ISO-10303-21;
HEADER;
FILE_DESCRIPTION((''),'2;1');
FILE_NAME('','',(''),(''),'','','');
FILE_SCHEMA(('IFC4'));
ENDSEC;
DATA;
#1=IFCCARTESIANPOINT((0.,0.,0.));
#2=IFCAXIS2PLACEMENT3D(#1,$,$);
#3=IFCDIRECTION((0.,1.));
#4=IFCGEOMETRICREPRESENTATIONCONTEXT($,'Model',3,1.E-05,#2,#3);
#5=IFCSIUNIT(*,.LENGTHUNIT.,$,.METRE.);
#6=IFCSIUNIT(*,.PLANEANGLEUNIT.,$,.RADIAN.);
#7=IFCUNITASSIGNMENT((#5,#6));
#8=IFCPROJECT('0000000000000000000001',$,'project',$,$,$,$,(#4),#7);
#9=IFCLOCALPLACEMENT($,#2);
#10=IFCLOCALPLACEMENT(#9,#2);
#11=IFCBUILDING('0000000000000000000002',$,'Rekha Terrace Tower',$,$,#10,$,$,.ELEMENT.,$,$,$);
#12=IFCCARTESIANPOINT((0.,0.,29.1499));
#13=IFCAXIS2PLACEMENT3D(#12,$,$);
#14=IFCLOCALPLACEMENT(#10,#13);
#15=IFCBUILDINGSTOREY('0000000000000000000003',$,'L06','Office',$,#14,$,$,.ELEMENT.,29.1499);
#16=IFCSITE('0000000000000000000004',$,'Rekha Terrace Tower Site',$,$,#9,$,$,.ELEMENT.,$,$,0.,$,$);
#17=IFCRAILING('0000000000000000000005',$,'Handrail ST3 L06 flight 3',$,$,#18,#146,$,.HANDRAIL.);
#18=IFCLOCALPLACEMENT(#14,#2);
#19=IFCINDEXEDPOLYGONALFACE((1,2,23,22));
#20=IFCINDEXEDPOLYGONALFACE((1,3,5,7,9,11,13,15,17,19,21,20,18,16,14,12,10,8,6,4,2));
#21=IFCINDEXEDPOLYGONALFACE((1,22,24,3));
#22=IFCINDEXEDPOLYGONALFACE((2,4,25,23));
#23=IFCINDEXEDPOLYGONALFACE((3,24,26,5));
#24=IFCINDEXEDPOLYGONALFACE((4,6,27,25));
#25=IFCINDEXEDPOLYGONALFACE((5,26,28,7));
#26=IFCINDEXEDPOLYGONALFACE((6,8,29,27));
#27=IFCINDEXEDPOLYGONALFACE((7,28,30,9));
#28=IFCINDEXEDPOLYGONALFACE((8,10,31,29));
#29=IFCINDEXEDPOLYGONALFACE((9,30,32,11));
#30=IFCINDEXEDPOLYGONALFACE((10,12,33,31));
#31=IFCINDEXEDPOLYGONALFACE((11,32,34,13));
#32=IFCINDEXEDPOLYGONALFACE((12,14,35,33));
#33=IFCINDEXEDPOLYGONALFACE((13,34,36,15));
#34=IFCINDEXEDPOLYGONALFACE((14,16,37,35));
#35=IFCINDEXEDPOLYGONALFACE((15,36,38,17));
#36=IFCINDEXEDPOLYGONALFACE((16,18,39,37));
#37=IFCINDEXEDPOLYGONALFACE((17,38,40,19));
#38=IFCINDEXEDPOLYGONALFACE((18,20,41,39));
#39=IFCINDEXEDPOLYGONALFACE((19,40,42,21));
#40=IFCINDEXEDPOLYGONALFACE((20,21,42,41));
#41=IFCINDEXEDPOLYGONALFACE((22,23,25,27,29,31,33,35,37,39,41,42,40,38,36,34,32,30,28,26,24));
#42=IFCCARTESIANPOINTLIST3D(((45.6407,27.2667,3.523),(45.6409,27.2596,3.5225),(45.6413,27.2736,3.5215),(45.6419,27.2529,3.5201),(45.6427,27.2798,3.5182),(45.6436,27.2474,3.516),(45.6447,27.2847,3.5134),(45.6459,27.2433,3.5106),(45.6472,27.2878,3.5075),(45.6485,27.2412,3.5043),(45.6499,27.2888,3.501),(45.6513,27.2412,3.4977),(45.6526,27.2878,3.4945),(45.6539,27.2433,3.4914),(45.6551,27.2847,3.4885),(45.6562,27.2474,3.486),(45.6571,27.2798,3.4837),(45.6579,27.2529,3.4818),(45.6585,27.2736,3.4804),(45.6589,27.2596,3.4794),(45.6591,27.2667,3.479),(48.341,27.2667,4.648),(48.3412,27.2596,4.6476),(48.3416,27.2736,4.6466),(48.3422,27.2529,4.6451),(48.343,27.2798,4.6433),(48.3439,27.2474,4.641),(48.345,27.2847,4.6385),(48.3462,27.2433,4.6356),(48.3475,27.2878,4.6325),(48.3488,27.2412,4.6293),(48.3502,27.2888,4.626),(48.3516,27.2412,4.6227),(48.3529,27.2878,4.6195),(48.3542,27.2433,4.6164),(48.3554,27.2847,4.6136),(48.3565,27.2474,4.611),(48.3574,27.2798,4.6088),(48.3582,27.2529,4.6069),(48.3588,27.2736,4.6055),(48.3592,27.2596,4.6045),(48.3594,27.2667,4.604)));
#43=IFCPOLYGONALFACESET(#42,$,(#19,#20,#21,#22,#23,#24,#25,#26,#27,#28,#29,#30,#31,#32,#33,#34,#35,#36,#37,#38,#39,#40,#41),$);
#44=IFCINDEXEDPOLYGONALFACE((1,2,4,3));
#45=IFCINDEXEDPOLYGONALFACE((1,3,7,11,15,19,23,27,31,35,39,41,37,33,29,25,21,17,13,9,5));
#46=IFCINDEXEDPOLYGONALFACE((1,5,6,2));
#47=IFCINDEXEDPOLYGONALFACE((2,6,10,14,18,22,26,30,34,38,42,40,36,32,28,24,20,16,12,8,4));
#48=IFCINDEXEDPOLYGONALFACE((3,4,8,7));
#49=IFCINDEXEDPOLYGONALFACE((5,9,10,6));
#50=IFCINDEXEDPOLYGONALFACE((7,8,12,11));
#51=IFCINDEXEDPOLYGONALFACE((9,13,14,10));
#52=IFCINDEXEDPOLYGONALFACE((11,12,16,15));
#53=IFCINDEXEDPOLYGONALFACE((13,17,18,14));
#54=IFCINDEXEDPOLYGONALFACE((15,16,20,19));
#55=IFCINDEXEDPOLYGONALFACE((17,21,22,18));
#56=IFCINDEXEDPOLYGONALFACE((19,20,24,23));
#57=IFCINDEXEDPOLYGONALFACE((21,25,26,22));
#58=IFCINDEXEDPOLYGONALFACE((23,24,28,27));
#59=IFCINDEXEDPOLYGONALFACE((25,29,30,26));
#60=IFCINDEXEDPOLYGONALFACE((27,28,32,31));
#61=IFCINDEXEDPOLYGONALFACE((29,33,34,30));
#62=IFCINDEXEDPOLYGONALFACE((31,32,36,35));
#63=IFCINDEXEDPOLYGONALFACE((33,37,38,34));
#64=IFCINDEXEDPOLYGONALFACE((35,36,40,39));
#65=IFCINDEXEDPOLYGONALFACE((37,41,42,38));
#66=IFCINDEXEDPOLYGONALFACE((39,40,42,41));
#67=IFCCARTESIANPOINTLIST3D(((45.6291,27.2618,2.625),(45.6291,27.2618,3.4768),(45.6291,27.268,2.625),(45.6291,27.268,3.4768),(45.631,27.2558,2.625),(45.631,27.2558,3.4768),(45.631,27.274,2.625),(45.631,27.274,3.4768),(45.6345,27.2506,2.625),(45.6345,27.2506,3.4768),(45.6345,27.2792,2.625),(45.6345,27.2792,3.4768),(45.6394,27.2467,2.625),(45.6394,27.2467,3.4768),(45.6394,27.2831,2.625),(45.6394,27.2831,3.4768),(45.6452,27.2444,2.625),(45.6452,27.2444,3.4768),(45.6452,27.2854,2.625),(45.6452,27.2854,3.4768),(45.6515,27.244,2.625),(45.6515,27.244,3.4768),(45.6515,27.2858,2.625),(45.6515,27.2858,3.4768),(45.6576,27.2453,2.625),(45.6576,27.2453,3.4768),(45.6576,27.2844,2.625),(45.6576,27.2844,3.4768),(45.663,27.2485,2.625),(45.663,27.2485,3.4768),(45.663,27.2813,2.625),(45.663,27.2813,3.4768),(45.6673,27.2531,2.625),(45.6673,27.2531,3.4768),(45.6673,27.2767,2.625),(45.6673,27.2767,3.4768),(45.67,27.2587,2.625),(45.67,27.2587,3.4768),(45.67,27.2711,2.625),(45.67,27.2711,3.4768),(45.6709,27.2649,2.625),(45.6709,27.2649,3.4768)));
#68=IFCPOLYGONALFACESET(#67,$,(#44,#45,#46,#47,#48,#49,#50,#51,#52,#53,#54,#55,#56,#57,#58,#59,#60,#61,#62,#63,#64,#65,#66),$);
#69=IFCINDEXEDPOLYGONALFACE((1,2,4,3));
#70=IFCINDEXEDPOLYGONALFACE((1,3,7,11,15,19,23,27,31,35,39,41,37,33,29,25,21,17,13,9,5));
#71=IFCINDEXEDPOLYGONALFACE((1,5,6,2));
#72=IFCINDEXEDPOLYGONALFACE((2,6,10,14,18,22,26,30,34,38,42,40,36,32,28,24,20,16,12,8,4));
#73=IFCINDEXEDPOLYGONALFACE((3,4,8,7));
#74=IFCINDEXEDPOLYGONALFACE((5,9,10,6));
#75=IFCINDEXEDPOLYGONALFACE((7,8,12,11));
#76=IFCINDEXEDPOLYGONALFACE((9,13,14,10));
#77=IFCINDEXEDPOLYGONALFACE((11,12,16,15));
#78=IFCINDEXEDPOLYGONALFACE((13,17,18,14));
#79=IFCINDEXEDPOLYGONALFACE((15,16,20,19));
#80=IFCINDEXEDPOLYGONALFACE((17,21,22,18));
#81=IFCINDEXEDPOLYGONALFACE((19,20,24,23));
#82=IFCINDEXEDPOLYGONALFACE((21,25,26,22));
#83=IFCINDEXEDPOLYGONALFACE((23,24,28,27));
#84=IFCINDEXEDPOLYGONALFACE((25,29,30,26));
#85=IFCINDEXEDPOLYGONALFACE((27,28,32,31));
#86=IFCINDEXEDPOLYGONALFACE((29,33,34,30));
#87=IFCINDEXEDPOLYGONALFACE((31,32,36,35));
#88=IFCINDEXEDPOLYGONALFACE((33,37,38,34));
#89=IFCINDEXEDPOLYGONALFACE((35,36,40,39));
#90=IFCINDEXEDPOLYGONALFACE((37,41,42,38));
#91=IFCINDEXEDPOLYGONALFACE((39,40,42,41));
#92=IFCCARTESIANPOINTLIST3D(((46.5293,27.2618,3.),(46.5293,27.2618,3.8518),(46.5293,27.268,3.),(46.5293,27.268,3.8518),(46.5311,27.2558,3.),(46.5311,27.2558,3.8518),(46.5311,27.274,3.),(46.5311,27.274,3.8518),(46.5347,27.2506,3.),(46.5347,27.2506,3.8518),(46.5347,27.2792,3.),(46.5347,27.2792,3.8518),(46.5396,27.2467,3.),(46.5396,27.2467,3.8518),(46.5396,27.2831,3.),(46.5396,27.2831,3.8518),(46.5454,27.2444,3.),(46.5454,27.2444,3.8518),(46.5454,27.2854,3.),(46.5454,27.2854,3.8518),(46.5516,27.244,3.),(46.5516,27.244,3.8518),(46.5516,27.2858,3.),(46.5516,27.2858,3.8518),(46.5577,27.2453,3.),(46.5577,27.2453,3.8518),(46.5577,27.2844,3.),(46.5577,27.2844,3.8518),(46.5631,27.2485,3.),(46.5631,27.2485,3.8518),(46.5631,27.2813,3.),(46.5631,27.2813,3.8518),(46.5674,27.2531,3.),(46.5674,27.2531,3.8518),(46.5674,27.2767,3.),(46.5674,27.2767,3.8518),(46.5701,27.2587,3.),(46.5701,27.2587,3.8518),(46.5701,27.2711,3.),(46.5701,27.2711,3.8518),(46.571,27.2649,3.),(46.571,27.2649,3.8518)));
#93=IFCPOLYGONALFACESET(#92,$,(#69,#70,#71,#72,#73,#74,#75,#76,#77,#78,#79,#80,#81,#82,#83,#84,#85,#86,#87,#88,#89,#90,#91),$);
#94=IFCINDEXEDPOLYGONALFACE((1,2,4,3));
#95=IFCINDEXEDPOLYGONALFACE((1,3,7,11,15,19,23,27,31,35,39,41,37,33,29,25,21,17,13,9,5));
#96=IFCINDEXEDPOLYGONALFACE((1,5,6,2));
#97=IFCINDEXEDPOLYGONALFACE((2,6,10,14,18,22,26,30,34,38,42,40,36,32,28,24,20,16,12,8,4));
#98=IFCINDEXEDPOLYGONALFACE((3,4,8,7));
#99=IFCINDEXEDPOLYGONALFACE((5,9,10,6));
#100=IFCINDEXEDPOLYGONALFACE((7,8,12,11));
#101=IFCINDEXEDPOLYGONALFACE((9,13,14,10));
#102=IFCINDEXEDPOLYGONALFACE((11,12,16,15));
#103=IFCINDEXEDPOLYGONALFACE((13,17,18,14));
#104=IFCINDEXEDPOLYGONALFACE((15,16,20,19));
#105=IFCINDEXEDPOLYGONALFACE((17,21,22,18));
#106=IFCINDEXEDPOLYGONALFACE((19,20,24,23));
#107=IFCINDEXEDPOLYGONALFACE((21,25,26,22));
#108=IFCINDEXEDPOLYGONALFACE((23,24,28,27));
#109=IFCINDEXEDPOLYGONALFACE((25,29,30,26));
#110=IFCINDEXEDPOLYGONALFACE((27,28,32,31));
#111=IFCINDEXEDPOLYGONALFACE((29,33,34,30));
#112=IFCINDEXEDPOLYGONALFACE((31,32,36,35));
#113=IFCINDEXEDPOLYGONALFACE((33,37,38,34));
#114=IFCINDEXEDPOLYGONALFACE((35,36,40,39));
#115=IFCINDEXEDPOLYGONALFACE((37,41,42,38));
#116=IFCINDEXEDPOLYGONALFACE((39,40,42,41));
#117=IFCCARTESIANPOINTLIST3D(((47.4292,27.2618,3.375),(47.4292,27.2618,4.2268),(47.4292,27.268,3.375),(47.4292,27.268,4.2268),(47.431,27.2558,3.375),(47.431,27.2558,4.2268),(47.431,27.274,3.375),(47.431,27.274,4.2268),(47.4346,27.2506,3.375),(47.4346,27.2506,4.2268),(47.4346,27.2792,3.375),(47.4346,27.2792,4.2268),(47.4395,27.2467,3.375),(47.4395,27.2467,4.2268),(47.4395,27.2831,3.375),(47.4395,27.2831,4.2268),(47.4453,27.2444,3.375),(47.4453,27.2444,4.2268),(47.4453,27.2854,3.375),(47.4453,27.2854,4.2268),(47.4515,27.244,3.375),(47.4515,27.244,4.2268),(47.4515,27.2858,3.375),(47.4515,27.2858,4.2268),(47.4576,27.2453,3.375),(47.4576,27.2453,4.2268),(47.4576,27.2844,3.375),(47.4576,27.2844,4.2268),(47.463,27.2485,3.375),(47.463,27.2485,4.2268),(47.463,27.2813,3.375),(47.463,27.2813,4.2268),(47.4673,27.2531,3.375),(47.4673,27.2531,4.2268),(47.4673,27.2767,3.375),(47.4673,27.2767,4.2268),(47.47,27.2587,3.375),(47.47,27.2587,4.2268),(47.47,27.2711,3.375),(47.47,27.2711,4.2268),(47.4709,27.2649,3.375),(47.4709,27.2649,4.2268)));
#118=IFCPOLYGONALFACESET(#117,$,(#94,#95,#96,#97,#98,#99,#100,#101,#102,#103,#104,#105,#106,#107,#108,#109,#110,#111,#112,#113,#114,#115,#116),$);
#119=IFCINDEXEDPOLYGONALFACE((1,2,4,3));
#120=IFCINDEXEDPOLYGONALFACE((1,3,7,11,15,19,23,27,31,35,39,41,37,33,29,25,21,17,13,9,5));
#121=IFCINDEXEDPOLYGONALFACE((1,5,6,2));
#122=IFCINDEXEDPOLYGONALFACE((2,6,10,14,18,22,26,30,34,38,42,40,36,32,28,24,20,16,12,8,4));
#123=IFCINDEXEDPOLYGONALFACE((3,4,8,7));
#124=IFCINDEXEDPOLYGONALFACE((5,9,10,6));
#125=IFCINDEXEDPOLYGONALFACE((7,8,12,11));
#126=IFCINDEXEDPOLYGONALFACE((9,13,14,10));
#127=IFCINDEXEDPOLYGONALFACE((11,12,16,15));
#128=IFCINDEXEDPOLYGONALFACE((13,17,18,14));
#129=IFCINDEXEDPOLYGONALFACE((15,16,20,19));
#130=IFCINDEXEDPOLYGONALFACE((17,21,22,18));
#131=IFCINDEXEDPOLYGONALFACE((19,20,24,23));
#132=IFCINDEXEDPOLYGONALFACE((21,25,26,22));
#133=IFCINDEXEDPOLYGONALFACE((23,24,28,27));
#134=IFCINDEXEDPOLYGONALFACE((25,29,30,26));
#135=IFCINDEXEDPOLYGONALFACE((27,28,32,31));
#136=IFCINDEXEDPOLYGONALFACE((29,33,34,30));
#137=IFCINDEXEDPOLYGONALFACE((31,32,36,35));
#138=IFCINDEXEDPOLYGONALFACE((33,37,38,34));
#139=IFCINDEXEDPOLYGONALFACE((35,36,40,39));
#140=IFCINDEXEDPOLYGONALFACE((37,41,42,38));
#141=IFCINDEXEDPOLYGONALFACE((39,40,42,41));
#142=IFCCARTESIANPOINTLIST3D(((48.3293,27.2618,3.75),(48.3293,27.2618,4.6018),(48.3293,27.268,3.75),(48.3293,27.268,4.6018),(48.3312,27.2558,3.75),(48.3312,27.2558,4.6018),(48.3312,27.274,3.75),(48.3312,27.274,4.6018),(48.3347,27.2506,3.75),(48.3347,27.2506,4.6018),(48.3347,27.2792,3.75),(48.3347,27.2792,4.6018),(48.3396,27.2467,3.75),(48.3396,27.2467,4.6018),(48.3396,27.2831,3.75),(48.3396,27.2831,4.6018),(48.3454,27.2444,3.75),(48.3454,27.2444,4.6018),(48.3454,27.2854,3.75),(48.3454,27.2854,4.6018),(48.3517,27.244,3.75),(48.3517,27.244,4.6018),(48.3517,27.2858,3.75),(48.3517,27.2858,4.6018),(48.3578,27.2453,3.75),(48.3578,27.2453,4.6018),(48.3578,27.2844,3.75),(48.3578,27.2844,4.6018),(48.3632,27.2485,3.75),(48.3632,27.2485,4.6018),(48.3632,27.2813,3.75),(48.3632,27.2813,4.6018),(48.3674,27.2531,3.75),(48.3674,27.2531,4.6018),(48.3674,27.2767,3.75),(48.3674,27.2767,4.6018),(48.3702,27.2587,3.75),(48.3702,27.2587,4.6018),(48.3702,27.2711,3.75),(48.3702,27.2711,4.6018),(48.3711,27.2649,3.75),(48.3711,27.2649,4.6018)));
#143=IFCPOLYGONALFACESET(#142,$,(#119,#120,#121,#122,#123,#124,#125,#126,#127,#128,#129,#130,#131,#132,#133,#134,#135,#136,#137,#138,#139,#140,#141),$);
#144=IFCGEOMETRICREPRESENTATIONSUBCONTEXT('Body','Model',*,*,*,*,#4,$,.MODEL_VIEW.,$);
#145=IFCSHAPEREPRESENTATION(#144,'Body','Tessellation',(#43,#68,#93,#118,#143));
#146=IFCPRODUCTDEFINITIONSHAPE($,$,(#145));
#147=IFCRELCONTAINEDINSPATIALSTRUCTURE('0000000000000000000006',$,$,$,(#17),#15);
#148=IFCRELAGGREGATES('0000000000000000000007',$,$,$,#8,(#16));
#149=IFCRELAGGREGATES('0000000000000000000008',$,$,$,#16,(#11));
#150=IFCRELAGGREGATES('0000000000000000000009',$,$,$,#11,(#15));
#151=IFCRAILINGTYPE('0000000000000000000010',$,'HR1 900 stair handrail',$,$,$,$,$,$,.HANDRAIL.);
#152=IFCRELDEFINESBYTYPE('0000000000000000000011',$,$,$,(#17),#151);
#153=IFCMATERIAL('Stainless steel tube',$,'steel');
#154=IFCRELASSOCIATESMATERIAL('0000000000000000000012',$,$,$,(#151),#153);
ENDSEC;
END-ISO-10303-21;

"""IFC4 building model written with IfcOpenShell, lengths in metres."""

from ifc_helpers import new_model, si_unit, direction, frame, origin, origin_2d, place, context, subcontext, project, spatial, circle, extrude, material, type_object, element, save


model = new_model("IFC4")

# Units and contexts
model_context = context("Model", 3, precision=1e-05, world=origin(), true_north=direction((0.0, 1.0)))
body_context = subcontext(model_context, "Body", "Model", "MODEL_VIEW")
ifc_project = project(units=[si_unit("LENGTHUNIT", "METRE"), si_unit("PLANEANGLEUNIT", "RADIAN")], contexts=[model_context])

# Site, building, storey
site_placement = place(None, origin())
site = spatial("IfcSite", under=ifc_project, at=site_placement, Name="Rekha Terrace Tower Site", CompositionType="ELEMENT", RefElevation=0.0)
building_placement = place(site_placement, origin())
building = spatial("IfcBuilding", under=site, at=building_placement, Name="Rekha Terrace Tower", CompositionType="ELEMENT")
storey_placement = place(building_placement, frame((0.0, 0.0, 29.1499)))
storey = spatial("IfcBuildingStorey", under=building, at=storey_placement, Name="L06", Description="Office", CompositionType="ELEMENT", Elevation=29.1499)

# Railing
ifc_material_1 = material(Name="Stainless steel tube", Category="steel")
railing_type_1 = type_object("IfcRailingType", Name="HR1 900 stair handrail", PredefinedType="HANDRAIL", material=ifc_material_1)
railing_1_placement = place(storey_placement, frame((45.6499, 27.2649, 2.625)))
element("IfcRailing", 1, at=railing_1_placement, inside=storey, type_object=railing_type_1, Name="Handrail ST3 L06 flight 3", PredefinedType="HANDRAIL", context=body_context, shape_type="SweptSolid", body=[
    extrude(circle(Radius=0.0239, at=origin_2d()), frame((0.0, 0.0, 0.876), z_axis=(0.923087, 0.0, 0.384592), x_axis=(0.0, 1.0, 0.0)), (0.0, 0.0, 1.0), 2.9253),
    extrude(circle(Radius=0.021, at=origin_2d()), origin(), (0.0, 0.0, 1.0), 0.8518),
    extrude(circle(Radius=0.021, at=origin_2d()), frame((0.9001, 0.0, 0.375)), (0.0, 0.0, 1.0), 0.8518),
    extrude(circle(Radius=0.021, at=origin_2d()), frame((1.8, 0.0, 0.75)), (0.0, 0.0, 1.0), 0.8518),
    extrude(circle(Radius=0.021, at=origin_2d()), frame((2.7002, 0.0, 1.125)), (0.0, 0.0, 1.0), 0.8518),
])

save(model, "model.ifc")
